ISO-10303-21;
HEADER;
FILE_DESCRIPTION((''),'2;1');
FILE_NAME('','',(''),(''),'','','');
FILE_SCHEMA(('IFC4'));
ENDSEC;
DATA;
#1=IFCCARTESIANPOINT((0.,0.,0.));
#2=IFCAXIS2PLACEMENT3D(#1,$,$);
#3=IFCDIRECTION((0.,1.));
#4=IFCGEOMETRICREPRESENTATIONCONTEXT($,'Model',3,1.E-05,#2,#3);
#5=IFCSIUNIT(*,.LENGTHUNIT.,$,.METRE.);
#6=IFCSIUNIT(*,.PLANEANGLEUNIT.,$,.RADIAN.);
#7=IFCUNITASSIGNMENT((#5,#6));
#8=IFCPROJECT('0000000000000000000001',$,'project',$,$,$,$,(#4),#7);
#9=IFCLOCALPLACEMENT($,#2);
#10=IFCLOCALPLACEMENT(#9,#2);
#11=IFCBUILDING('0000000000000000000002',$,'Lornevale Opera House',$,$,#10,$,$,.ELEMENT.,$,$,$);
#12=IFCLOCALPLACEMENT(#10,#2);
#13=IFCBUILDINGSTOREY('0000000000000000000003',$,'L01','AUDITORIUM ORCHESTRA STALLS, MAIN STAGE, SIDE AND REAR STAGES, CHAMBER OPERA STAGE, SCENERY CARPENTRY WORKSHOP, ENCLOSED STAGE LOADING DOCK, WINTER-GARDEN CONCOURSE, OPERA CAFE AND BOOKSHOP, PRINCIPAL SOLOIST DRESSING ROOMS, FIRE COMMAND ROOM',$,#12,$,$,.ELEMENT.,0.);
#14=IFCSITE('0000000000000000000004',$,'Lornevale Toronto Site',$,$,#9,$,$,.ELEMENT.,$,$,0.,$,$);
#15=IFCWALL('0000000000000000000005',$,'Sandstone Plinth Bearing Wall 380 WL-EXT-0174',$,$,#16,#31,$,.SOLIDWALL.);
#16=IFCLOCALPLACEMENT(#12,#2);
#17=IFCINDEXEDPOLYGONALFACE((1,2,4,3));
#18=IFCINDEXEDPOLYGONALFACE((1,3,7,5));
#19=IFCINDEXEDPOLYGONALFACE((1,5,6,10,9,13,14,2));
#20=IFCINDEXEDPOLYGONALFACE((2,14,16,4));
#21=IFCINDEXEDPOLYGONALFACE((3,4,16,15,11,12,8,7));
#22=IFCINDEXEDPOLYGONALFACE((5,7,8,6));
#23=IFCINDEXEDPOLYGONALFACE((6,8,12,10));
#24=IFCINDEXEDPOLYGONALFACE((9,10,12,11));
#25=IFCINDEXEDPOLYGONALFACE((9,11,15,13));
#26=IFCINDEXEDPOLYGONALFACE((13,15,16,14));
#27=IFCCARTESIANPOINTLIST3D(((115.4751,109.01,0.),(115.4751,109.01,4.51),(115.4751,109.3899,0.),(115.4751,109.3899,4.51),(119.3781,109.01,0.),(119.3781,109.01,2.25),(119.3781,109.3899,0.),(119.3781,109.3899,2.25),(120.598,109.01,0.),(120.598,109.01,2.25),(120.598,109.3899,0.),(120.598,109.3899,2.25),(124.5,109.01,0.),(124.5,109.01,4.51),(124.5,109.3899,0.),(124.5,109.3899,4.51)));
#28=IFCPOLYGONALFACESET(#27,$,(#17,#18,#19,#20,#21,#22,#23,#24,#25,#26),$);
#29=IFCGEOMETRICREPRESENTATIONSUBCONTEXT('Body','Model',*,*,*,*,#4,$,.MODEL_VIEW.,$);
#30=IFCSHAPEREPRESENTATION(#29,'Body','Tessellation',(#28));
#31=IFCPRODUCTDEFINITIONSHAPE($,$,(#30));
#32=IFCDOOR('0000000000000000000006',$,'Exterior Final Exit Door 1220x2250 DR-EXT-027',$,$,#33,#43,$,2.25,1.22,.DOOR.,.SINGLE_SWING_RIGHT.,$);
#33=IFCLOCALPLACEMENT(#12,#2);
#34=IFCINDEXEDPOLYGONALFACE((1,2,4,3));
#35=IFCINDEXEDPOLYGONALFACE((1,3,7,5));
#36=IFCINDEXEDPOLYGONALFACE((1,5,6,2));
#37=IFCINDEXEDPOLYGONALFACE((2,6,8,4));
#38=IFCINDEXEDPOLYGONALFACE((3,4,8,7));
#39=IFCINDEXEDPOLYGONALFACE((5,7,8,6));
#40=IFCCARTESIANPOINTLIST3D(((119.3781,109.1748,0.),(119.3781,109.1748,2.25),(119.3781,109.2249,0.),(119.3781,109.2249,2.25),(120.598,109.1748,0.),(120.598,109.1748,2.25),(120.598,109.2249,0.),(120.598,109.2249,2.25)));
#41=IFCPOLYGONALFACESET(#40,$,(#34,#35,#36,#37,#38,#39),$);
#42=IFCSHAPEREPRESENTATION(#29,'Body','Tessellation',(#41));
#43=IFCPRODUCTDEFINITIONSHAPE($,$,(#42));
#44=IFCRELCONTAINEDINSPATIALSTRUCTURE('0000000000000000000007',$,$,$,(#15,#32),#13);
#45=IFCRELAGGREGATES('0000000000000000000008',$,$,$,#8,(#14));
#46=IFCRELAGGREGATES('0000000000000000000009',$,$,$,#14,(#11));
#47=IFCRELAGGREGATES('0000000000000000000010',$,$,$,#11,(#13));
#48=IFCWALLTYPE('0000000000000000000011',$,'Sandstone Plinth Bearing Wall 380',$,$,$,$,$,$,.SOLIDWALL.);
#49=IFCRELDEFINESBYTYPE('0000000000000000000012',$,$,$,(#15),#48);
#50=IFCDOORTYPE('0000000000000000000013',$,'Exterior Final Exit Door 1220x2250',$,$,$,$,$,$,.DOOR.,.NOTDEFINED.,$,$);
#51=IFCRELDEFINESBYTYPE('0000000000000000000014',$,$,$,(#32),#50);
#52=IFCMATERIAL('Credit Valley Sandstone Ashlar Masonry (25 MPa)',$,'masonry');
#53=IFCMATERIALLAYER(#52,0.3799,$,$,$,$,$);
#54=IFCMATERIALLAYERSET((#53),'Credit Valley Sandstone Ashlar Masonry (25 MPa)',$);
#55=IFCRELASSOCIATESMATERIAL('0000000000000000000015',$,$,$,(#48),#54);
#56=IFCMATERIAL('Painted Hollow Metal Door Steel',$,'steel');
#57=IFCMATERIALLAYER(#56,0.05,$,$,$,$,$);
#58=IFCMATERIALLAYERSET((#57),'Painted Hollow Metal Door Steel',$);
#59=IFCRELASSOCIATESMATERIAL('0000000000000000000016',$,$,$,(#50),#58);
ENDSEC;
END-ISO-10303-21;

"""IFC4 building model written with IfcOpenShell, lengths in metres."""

from ifc_helpers import new_model, si_unit, direction, frame, frame_2d, origin, place, context, subcontext, project, spatial, rectangle, extrude, material, layer, layer_set, type_object, element, fill, save


model = new_model("IFC4")

# Units and contexts
model_context = context("Model", 3, precision=1e-05, world=origin(), true_north=direction((0.0, 1.0)))
body_context = subcontext(model_context, "Body", "Model", "MODEL_VIEW")
ifc_project = project(units=[si_unit("LENGTHUNIT", "METRE"), si_unit("PLANEANGLEUNIT", "RADIAN")], contexts=[model_context])

# Site, building, storey
site_placement = place(None, origin())
site = spatial("IfcSite", under=ifc_project, at=site_placement, Name="Lornevale Toronto Site", CompositionType="ELEMENT", RefElevation=0.0)
building_placement = place(site_placement, origin())
building = spatial("IfcBuilding", under=site, at=building_placement, Name="Lornevale Opera House", CompositionType="ELEMENT")
storey_placement = place(building_placement, origin())
storey = spatial("IfcBuildingStorey", under=building, at=storey_placement, Name="L01", Description="AUDITORIUM ORCHESTRA STALLS, MAIN STAGE, SIDE AND REAR STAGES, CHAMBER OPERA STAGE, SCENERY CARPENTRY WORKSHOP, ENCLOSED STAGE LOADING DOCK, WINTER-GARDEN CONCOURSE, OPERA CAFE AND BOOKSHOP, PRINCIPAL SOLOIST DRESSING ROOMS, FIRE COMMAND ROOM", CompositionType="ELEMENT", Elevation=0.0)

# Wall, opening, door
ifc_material_1 = material(Name="Credit Valley Sandstone Ashlar Masonry (25 MPa)", Category="masonry")
ifc_layer_1 = layer(ifc_material_1, 0.3799)
ifc_layer_set_1 = layer_set([ifc_layer_1], Name="Credit Valley Sandstone Ashlar Masonry (25 MPa)")
wall_type = type_object("IfcWallType", Name="Sandstone Plinth Bearing Wall 380", PredefinedType="SOLIDWALL", material=ifc_layer_set_1)
ifc_material_2 = material(Name="Painted Hollow Metal Door Steel", Category="steel")
wall_1_placement = place(storey_placement, frame((115.4751, 109.2, 0.0), z_axis=(0.0, 0.0, 1.0), x_axis=(1.0, 0.0, 0.0)))
wall_1 = element("IfcWall", 1, at=wall_1_placement, inside=storey, type_object=wall_type, Name="Sandstone Plinth Bearing Wall 380 WL-EXT-0174", PredefinedType="SOLIDWALL", context=body_context, shape_type="SweptSolid", body=[
    extrude(rectangle(XDim=9.0249, YDim=0.3799, at=frame_2d((4.5125, 0.0))), origin(), (0.0, 0.0, 1.0), 4.51),
])
opening_1_placement = place(wall_1_placement, frame((3.9031, 0.0, 0.0)))
opening_1 = element("IfcOpeningElement", 2, at=opening_1_placement, cuts=wall_1, PredefinedType="OPENING", context=body_context, shape_type="SweptSolid", body=[
    extrude(rectangle(XDim=1.22, YDim=2.25, at=frame_2d((0.6099, 1.125))), frame((0.0, 0.2, 0.0), z_axis=(0.0, -1.0, 0.0), x_axis=(1.0, 0.0, 0.0)), (0.0, 0.0, 1.0), 0.3999),
])
ifc_layer_2 = layer(ifc_material_2, 0.05)
ifc_layer_set_2 = layer_set([ifc_layer_2], Name="Painted Hollow Metal Door Steel")
door_type_1 = type_object("IfcDoorType", Name="Exterior Final Exit Door 1220x2250", OperationType="NOTDEFINED", PredefinedType="DOOR", material=ifc_layer_set_2)
door_1_placement = place(opening_1_placement, origin())
door_1 = element("IfcDoor", 3, at=door_1_placement, inside=storey, type_object=door_type_1, Name="Exterior Final Exit Door 1220x2250 DR-EXT-027", OperationType="SINGLE_SWING_RIGHT", OverallHeight=2.25, OverallWidth=1.22, PredefinedType="DOOR", context=body_context, shape_type="SweptSolid", body=[
    extrude(rectangle(XDim=1.22, YDim=2.25, at=frame_2d((0.6099, 1.125))), frame((0.0, 0.0249, 0.0), z_axis=(0.0, -1.0, 0.0), x_axis=(1.0, 0.0, 0.0)), (0.0, 0.0, 1.0), 0.05),
])
fill(opening_1, door_1)

save(model, "model.ifc")
